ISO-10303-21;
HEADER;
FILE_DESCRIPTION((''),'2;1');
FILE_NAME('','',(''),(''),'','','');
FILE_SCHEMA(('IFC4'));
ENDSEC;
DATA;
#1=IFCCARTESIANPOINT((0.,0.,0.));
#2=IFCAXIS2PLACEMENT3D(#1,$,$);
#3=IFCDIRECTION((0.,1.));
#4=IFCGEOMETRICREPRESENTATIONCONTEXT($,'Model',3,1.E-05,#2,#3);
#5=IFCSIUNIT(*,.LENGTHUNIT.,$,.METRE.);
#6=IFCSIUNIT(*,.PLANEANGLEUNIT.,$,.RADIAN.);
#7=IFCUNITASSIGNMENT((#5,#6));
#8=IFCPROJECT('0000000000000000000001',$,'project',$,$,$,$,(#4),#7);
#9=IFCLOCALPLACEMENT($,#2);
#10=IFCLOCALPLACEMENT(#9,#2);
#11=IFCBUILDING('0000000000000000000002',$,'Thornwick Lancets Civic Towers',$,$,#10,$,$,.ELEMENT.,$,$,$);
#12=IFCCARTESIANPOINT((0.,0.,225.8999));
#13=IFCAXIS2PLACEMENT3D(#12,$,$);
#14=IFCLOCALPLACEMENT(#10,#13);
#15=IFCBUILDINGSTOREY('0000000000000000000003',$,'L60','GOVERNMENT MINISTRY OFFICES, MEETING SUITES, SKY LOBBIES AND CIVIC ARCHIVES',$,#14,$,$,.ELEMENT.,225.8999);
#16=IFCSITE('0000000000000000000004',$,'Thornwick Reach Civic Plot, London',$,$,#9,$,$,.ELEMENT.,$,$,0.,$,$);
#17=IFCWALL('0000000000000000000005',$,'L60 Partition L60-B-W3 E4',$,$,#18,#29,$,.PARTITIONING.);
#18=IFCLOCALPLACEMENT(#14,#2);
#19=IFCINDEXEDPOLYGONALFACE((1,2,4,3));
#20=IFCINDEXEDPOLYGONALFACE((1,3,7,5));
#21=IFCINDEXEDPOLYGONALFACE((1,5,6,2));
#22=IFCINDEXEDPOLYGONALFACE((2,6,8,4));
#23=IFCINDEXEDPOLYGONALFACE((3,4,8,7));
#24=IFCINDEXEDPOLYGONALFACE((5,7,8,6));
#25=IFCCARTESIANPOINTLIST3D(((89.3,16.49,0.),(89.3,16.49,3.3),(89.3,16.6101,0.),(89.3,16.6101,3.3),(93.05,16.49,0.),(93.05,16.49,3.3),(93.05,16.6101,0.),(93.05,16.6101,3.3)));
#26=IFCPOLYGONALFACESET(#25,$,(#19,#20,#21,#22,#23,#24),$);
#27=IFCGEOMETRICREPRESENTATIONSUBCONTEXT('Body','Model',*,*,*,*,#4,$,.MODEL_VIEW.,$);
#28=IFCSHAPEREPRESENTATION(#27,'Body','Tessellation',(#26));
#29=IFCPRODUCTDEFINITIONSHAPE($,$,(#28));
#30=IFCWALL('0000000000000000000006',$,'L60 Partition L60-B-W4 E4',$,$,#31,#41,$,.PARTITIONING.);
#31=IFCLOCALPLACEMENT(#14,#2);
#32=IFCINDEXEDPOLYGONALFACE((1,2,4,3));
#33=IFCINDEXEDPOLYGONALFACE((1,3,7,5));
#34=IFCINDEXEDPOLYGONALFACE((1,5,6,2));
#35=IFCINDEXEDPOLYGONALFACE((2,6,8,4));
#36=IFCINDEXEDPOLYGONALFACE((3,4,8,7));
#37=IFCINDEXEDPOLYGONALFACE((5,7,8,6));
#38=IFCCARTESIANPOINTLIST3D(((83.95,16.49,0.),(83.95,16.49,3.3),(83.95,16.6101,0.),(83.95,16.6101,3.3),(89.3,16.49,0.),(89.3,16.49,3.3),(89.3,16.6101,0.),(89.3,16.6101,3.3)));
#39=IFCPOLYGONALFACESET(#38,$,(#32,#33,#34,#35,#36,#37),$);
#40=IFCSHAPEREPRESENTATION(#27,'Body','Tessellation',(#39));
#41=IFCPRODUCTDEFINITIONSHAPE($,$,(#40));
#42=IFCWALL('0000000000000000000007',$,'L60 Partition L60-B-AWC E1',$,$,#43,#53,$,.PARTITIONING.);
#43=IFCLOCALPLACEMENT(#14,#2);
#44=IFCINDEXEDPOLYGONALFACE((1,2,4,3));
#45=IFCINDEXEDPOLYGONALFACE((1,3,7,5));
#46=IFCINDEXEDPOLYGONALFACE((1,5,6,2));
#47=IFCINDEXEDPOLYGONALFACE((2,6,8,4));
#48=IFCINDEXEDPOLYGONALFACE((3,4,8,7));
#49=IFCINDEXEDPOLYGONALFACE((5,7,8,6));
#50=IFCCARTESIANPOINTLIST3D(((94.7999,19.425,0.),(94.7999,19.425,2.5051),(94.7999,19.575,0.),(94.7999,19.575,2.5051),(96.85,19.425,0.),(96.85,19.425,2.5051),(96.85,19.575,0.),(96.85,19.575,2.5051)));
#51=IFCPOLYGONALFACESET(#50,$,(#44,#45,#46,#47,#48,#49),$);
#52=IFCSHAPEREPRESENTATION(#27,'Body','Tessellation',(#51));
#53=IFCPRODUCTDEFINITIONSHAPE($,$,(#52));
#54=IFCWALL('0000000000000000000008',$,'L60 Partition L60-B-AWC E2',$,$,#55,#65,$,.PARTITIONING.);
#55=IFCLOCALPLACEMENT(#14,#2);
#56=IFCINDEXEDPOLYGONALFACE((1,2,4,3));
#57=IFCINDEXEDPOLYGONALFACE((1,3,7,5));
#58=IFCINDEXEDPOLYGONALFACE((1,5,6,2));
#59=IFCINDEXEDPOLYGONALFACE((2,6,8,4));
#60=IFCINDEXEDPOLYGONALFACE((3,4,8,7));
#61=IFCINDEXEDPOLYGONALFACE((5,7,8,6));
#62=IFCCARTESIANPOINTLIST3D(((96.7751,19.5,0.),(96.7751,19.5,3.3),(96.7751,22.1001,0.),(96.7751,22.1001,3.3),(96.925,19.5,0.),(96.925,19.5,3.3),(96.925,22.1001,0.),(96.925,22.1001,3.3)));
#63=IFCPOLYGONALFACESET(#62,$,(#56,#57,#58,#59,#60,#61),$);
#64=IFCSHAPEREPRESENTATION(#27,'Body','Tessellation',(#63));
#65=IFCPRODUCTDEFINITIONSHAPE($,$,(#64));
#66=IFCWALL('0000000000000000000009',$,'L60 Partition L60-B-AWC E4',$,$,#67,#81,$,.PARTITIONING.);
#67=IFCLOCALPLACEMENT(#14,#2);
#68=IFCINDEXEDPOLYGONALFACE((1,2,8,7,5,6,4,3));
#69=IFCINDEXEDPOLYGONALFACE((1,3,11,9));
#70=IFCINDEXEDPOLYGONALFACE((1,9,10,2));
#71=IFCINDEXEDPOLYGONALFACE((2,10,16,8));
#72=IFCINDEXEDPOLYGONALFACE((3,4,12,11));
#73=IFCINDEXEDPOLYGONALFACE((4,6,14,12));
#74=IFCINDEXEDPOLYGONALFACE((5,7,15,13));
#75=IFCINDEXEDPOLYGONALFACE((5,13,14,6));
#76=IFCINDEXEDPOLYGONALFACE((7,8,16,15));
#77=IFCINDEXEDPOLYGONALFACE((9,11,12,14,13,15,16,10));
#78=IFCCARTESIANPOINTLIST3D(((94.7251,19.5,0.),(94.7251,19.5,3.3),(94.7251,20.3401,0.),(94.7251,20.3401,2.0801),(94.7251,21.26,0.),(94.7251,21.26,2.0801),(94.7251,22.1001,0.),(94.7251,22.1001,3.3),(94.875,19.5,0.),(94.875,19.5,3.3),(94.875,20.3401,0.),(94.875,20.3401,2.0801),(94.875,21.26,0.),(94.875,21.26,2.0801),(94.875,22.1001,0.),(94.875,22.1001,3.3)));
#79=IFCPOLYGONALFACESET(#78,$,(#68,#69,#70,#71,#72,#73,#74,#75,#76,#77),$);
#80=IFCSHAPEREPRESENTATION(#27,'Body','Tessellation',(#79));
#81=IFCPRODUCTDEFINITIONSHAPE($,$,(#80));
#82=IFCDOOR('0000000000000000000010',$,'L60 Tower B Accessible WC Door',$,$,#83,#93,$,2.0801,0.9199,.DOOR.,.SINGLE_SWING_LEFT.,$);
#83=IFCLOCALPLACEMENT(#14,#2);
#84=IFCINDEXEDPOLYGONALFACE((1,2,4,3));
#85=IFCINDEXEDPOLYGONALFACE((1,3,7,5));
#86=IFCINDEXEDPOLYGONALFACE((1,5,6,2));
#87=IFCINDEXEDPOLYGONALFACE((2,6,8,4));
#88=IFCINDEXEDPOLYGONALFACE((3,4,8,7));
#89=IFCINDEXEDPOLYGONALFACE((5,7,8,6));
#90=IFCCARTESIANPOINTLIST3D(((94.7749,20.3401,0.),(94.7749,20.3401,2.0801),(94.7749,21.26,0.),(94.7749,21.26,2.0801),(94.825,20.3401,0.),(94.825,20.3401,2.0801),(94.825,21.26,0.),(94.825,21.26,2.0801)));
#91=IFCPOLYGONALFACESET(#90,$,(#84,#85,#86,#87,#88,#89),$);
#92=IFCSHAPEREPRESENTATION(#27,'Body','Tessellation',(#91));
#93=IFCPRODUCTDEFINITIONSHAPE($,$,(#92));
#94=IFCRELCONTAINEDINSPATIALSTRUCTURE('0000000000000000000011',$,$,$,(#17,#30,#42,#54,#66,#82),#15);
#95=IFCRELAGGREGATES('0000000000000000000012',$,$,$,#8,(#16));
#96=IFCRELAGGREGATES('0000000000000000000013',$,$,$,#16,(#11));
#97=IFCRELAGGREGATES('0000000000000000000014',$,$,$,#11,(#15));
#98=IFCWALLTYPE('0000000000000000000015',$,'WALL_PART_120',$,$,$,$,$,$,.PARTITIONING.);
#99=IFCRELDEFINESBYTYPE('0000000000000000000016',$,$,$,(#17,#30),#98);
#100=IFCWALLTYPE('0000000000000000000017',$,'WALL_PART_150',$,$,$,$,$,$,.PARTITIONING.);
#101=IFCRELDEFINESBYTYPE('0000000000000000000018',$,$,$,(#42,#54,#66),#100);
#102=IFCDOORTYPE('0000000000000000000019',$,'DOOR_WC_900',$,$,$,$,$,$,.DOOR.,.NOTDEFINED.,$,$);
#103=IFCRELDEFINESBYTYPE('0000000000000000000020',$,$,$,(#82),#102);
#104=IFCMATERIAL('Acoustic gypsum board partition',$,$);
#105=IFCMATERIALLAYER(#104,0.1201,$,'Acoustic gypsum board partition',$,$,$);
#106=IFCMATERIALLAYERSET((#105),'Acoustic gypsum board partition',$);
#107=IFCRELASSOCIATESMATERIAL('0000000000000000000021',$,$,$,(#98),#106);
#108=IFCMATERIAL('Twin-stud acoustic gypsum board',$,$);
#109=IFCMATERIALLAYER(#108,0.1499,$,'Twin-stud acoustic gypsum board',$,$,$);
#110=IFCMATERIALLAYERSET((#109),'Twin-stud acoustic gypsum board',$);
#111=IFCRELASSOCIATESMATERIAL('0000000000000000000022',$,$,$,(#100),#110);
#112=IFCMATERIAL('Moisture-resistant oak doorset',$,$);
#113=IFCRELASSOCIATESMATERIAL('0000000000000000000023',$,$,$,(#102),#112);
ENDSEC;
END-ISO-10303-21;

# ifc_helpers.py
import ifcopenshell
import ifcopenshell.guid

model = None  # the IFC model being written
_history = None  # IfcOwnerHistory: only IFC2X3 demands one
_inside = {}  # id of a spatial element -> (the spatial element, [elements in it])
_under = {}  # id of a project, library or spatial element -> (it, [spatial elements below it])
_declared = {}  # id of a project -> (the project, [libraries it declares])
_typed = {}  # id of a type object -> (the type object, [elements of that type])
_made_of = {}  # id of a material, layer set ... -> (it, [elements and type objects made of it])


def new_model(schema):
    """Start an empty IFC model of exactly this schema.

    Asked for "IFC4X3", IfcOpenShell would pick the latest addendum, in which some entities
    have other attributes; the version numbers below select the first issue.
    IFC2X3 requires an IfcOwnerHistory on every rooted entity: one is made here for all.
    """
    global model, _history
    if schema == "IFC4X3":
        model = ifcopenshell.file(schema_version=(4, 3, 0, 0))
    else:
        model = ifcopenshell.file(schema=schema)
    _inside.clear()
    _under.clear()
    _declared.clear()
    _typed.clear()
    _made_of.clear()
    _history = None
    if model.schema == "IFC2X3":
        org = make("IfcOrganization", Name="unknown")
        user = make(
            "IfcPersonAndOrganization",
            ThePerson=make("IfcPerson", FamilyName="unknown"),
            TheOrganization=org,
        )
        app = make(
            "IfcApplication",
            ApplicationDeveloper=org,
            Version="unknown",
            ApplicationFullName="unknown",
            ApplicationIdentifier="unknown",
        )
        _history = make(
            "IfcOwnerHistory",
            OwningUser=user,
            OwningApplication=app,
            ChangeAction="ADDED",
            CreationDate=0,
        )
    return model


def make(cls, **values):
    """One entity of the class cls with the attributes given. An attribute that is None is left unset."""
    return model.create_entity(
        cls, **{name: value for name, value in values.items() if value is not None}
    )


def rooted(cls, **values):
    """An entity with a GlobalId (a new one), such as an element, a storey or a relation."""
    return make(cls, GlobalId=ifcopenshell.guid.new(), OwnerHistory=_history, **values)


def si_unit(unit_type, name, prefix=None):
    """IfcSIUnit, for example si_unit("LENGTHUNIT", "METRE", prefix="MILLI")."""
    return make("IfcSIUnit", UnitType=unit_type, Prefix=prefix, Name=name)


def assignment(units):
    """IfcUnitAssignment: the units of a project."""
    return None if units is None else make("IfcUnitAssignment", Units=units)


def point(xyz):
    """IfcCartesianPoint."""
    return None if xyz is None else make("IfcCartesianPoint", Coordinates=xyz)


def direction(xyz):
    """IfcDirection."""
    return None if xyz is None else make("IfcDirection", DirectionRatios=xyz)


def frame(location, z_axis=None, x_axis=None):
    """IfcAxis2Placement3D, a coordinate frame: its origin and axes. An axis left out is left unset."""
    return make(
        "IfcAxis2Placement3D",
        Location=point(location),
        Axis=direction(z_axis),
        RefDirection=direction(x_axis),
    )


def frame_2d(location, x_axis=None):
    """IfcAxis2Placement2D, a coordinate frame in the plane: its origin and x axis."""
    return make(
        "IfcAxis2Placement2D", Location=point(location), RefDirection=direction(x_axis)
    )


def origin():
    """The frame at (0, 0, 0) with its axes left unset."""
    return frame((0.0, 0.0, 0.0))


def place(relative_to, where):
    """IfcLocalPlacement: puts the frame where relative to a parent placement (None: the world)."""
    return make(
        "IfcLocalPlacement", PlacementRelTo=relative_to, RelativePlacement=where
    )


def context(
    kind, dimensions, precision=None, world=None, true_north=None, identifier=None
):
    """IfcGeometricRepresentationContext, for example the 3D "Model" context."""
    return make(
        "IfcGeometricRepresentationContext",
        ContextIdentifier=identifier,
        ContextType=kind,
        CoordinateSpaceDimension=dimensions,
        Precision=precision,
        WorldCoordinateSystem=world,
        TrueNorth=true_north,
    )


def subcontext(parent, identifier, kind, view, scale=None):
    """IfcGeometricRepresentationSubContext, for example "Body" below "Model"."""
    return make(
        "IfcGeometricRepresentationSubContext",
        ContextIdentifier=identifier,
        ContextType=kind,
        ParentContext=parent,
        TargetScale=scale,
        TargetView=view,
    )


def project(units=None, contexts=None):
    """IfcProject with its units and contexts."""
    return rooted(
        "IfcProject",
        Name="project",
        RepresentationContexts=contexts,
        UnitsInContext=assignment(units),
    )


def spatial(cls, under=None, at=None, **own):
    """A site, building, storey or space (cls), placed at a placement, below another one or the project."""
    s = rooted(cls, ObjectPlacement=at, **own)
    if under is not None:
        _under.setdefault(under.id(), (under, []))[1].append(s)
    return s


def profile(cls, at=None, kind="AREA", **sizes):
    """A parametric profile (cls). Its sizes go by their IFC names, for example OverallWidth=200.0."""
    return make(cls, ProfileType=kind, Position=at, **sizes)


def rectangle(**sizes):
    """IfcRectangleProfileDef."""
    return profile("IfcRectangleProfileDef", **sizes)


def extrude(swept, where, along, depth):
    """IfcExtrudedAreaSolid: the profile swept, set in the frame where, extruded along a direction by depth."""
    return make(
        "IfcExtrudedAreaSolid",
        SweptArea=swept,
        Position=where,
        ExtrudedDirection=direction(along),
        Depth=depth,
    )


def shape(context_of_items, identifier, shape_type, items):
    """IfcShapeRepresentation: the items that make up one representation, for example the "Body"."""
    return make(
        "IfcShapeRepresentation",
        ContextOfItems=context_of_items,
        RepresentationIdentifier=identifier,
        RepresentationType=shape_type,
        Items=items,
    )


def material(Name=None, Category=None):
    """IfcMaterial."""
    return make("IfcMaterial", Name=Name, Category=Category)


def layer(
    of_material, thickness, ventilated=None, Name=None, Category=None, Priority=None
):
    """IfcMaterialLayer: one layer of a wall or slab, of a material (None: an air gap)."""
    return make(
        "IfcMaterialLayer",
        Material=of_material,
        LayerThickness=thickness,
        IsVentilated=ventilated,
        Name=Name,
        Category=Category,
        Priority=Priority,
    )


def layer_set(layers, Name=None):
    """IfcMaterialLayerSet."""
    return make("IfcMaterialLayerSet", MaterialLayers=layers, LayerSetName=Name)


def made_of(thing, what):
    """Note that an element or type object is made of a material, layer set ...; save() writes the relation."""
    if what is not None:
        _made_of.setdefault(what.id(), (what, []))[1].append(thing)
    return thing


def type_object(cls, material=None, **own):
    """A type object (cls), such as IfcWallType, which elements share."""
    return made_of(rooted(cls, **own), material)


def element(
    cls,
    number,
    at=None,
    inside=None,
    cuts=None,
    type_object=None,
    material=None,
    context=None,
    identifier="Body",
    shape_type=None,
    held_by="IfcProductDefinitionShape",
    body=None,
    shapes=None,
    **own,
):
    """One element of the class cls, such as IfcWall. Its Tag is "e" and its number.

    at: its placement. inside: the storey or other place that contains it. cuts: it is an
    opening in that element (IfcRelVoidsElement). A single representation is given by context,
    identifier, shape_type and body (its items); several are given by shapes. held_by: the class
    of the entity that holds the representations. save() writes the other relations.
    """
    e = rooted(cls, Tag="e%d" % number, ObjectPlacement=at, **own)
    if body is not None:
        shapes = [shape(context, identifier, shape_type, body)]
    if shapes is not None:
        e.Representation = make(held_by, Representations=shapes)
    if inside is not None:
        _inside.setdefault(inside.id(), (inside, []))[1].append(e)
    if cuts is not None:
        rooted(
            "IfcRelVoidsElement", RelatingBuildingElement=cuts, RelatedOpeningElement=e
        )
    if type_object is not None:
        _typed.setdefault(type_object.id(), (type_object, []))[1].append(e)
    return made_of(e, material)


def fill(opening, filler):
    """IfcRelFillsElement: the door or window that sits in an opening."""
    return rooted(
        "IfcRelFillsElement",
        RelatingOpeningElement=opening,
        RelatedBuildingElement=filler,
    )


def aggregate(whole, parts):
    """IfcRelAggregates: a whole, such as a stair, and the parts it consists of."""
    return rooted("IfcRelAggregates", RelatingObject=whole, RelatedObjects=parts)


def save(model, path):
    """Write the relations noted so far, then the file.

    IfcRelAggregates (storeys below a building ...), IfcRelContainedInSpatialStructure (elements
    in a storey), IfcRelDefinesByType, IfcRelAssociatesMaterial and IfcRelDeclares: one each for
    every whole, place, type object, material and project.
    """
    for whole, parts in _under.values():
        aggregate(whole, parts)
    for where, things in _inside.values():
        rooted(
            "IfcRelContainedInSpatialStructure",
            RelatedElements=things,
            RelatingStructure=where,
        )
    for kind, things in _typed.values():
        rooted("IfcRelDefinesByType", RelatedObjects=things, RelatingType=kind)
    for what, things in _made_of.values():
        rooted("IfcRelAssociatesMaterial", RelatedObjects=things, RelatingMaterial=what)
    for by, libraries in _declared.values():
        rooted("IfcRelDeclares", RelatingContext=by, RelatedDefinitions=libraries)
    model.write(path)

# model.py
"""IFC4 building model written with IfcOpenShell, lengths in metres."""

from ifc_helpers import new_model, si_unit, direction, frame, frame_2d, origin, place, context, subcontext, project, spatial, rectangle, extrude, material, layer, layer_set, type_object, element, fill, save


model = new_model("IFC4")

# Units and contexts
model_context = context("Model", 3, precision=1e-05, world=origin(), true_north=direction((0.0, 1.0)))
body_context = subcontext(model_context, "Body", "Model", "MODEL_VIEW")
ifc_project = project(units=[si_unit("LENGTHUNIT", "METRE"), si_unit("PLANEANGLEUNIT", "RADIAN")], contexts=[model_context])

# Site, building, storey
site_placement = place(None, origin())
site = spatial("IfcSite", under=ifc_project, at=site_placement, Name="Thornwick Reach Civic Plot, London", CompositionType="ELEMENT", RefElevation=0.0)
building_placement = place(site_placement, origin())
building = spatial("IfcBuilding", under=site, at=building_placement, Name="Thornwick Lancets Civic Towers", CompositionType="ELEMENT")
storey_placement = place(building_placement, frame((0.0, 0.0, 225.8999)))
storey = spatial("IfcBuildingStorey", under=building, at=storey_placement, Name="L60", Description="GOVERNMENT MINISTRY OFFICES, MEETING SUITES, SKY LOBBIES AND CIVIC ARCHIVES", CompositionType="ELEMENT", Elevation=225.8999)

# Shared definitions
ifc_material_1 = material(Name="Acoustic gypsum board partition")
ifc_layer_1 = layer(ifc_material_1, 0.1201, Name="Acoustic gypsum board partition")
ifc_layer_set_1 = layer_set([ifc_layer_1], Name="Acoustic gypsum board partition")
wall_type_1 = type_object("IfcWallType", Name="WALL_PART_120", PredefinedType="PARTITIONING", material=ifc_layer_set_1)

# Walls
wall_1_placement = place(storey_placement, frame((93.05, 16.55, 0.0), z_axis=(0.0, 0.0, 1.0), x_axis=(-1.0, 0.0, 0.0)))
element("IfcWall", 1, at=wall_1_placement, inside=storey, type_object=wall_type_1, Name="L60 Partition L60-B-W3 E4", PredefinedType="PARTITIONING", context=body_context, shape_type="SweptSolid", body=[
    extrude(rectangle(XDim=3.75, YDim=0.1201, at=frame_2d((1.875, 0.0))), origin(), (0.0, 0.0, 1.0), 3.3),
])
wall_2_placement = place(storey_placement, frame((89.3, 16.55, 0.0), z_axis=(0.0, 0.0, 1.0), x_axis=(-1.0, 0.0, 0.0)))
element("IfcWall", 2, at=wall_2_placement, inside=storey, type_object=wall_type_1, Name="L60 Partition L60-B-W4 E4", PredefinedType="PARTITIONING", context=body_context, shape_type="SweptSolid", body=[
    extrude(rectangle(XDim=5.3501, YDim=0.1201, at=frame_2d((2.675, 0.0))), origin(), (0.0, 0.0, 1.0), 3.3),
])
ifc_material_2 = material(Name="Twin-stud acoustic gypsum board")
ifc_layer_2 = layer(ifc_material_2, 0.1499, Name="Twin-stud acoustic gypsum board")
ifc_layer_set_2 = layer_set([ifc_layer_2], Name="Twin-stud acoustic gypsum board")
wall_type_2 = type_object("IfcWallType", Name="WALL_PART_150", PredefinedType="PARTITIONING", material=ifc_layer_set_2)
wall_3_placement = place(storey_placement, frame((94.8, 19.5, 0.0), z_axis=(0.0, 0.0, 1.0), x_axis=(1.0, 0.0, 0.0)))
element("IfcWall", 3, at=wall_3_placement, inside=storey, type_object=wall_type_2, Name="L60 Partition L60-B-AWC E1", PredefinedType="PARTITIONING", context=body_context, shape_type="SweptSolid", body=[
    extrude(rectangle(XDim=2.05, YDim=0.1499, at=frame_2d((1.0249, 0.0))), origin(), (0.0, 0.0, 1.0), 2.5051),
])
wall_4_placement = place(storey_placement, frame((96.8501, 19.5, 0.0), z_axis=(0.0, 0.0, 1.0), x_axis=(0.0, 1.0, 0.0)))
element("IfcWall", 4, at=wall_4_placement, inside=storey, type_object=wall_type_2, Name="L60 Partition L60-B-AWC E2", PredefinedType="PARTITIONING", context=body_context, shape_type="SweptSolid", body=[
    extrude(rectangle(XDim=2.6001, YDim=0.1499, at=frame_2d((1.3, 0.0))), origin(), (0.0, 0.0, 1.0), 3.3),
])

# Wall, opening, door
wall_5_placement = place(storey_placement, frame((94.8, 22.1001, 0.0), z_axis=(0.0, 0.0, 1.0), x_axis=(0.0, -1.0, 0.0)))
wall_5 = element("IfcWall", 5, at=wall_5_placement, inside=storey, type_object=wall_type_2, Name="L60 Partition L60-B-AWC E4", PredefinedType="PARTITIONING", context=body_context, shape_type="SweptSolid", body=[
    extrude(rectangle(XDim=2.6001, YDim=0.1499, at=frame_2d((1.3, 0.0))), origin(), (0.0, 0.0, 1.0), 3.3),
])
opening_1_placement = place(wall_5_placement, frame((0.8401, 0.0, 0.0)))
opening_1 = element("IfcOpeningElement", 6, at=opening_1_placement, cuts=wall_5, PredefinedType="OPENING", context=body_context, shape_type="SweptSolid", body=[
    extrude(rectangle(XDim=0.9199, YDim=2.0801, at=frame_2d((0.46, 1.04))), frame((0.0, 0.085, 0.0), z_axis=(0.0, -1.0, 0.0), x_axis=(1.0, 0.0, 0.0)), (0.0, 0.0, 1.0), 0.1699),
])
ifc_material_3 = material(Name="Moisture-resistant oak doorset")
door_type_1 = type_object("IfcDoorType", Name="DOOR_WC_900", OperationType="NOTDEFINED", PredefinedType="DOOR", material=ifc_material_3)
door_1_placement = place(opening_1_placement, origin())
door_1 = element("IfcDoor", 7, at=door_1_placement, inside=storey, type_object=door_type_1, Name="L60 Tower B Accessible WC Door", OperationType="SINGLE_SWING_LEFT", OverallHeight=2.0801, OverallWidth=0.9199, PredefinedType="DOOR", context=body_context, shape_type="SweptSolid", body=[
    extrude(rectangle(XDim=0.9199, YDim=2.0801, at=frame_2d((0.46, 1.04))), frame((0.0, 0.0249, 0.0), z_axis=(0.0, -1.0, 0.0), x_axis=(1.0, 0.0, 0.0)), (0.0, 0.0, 1.0), 0.05),
])
fill(opening_1, door_1)

save(model, "model.ifc")
